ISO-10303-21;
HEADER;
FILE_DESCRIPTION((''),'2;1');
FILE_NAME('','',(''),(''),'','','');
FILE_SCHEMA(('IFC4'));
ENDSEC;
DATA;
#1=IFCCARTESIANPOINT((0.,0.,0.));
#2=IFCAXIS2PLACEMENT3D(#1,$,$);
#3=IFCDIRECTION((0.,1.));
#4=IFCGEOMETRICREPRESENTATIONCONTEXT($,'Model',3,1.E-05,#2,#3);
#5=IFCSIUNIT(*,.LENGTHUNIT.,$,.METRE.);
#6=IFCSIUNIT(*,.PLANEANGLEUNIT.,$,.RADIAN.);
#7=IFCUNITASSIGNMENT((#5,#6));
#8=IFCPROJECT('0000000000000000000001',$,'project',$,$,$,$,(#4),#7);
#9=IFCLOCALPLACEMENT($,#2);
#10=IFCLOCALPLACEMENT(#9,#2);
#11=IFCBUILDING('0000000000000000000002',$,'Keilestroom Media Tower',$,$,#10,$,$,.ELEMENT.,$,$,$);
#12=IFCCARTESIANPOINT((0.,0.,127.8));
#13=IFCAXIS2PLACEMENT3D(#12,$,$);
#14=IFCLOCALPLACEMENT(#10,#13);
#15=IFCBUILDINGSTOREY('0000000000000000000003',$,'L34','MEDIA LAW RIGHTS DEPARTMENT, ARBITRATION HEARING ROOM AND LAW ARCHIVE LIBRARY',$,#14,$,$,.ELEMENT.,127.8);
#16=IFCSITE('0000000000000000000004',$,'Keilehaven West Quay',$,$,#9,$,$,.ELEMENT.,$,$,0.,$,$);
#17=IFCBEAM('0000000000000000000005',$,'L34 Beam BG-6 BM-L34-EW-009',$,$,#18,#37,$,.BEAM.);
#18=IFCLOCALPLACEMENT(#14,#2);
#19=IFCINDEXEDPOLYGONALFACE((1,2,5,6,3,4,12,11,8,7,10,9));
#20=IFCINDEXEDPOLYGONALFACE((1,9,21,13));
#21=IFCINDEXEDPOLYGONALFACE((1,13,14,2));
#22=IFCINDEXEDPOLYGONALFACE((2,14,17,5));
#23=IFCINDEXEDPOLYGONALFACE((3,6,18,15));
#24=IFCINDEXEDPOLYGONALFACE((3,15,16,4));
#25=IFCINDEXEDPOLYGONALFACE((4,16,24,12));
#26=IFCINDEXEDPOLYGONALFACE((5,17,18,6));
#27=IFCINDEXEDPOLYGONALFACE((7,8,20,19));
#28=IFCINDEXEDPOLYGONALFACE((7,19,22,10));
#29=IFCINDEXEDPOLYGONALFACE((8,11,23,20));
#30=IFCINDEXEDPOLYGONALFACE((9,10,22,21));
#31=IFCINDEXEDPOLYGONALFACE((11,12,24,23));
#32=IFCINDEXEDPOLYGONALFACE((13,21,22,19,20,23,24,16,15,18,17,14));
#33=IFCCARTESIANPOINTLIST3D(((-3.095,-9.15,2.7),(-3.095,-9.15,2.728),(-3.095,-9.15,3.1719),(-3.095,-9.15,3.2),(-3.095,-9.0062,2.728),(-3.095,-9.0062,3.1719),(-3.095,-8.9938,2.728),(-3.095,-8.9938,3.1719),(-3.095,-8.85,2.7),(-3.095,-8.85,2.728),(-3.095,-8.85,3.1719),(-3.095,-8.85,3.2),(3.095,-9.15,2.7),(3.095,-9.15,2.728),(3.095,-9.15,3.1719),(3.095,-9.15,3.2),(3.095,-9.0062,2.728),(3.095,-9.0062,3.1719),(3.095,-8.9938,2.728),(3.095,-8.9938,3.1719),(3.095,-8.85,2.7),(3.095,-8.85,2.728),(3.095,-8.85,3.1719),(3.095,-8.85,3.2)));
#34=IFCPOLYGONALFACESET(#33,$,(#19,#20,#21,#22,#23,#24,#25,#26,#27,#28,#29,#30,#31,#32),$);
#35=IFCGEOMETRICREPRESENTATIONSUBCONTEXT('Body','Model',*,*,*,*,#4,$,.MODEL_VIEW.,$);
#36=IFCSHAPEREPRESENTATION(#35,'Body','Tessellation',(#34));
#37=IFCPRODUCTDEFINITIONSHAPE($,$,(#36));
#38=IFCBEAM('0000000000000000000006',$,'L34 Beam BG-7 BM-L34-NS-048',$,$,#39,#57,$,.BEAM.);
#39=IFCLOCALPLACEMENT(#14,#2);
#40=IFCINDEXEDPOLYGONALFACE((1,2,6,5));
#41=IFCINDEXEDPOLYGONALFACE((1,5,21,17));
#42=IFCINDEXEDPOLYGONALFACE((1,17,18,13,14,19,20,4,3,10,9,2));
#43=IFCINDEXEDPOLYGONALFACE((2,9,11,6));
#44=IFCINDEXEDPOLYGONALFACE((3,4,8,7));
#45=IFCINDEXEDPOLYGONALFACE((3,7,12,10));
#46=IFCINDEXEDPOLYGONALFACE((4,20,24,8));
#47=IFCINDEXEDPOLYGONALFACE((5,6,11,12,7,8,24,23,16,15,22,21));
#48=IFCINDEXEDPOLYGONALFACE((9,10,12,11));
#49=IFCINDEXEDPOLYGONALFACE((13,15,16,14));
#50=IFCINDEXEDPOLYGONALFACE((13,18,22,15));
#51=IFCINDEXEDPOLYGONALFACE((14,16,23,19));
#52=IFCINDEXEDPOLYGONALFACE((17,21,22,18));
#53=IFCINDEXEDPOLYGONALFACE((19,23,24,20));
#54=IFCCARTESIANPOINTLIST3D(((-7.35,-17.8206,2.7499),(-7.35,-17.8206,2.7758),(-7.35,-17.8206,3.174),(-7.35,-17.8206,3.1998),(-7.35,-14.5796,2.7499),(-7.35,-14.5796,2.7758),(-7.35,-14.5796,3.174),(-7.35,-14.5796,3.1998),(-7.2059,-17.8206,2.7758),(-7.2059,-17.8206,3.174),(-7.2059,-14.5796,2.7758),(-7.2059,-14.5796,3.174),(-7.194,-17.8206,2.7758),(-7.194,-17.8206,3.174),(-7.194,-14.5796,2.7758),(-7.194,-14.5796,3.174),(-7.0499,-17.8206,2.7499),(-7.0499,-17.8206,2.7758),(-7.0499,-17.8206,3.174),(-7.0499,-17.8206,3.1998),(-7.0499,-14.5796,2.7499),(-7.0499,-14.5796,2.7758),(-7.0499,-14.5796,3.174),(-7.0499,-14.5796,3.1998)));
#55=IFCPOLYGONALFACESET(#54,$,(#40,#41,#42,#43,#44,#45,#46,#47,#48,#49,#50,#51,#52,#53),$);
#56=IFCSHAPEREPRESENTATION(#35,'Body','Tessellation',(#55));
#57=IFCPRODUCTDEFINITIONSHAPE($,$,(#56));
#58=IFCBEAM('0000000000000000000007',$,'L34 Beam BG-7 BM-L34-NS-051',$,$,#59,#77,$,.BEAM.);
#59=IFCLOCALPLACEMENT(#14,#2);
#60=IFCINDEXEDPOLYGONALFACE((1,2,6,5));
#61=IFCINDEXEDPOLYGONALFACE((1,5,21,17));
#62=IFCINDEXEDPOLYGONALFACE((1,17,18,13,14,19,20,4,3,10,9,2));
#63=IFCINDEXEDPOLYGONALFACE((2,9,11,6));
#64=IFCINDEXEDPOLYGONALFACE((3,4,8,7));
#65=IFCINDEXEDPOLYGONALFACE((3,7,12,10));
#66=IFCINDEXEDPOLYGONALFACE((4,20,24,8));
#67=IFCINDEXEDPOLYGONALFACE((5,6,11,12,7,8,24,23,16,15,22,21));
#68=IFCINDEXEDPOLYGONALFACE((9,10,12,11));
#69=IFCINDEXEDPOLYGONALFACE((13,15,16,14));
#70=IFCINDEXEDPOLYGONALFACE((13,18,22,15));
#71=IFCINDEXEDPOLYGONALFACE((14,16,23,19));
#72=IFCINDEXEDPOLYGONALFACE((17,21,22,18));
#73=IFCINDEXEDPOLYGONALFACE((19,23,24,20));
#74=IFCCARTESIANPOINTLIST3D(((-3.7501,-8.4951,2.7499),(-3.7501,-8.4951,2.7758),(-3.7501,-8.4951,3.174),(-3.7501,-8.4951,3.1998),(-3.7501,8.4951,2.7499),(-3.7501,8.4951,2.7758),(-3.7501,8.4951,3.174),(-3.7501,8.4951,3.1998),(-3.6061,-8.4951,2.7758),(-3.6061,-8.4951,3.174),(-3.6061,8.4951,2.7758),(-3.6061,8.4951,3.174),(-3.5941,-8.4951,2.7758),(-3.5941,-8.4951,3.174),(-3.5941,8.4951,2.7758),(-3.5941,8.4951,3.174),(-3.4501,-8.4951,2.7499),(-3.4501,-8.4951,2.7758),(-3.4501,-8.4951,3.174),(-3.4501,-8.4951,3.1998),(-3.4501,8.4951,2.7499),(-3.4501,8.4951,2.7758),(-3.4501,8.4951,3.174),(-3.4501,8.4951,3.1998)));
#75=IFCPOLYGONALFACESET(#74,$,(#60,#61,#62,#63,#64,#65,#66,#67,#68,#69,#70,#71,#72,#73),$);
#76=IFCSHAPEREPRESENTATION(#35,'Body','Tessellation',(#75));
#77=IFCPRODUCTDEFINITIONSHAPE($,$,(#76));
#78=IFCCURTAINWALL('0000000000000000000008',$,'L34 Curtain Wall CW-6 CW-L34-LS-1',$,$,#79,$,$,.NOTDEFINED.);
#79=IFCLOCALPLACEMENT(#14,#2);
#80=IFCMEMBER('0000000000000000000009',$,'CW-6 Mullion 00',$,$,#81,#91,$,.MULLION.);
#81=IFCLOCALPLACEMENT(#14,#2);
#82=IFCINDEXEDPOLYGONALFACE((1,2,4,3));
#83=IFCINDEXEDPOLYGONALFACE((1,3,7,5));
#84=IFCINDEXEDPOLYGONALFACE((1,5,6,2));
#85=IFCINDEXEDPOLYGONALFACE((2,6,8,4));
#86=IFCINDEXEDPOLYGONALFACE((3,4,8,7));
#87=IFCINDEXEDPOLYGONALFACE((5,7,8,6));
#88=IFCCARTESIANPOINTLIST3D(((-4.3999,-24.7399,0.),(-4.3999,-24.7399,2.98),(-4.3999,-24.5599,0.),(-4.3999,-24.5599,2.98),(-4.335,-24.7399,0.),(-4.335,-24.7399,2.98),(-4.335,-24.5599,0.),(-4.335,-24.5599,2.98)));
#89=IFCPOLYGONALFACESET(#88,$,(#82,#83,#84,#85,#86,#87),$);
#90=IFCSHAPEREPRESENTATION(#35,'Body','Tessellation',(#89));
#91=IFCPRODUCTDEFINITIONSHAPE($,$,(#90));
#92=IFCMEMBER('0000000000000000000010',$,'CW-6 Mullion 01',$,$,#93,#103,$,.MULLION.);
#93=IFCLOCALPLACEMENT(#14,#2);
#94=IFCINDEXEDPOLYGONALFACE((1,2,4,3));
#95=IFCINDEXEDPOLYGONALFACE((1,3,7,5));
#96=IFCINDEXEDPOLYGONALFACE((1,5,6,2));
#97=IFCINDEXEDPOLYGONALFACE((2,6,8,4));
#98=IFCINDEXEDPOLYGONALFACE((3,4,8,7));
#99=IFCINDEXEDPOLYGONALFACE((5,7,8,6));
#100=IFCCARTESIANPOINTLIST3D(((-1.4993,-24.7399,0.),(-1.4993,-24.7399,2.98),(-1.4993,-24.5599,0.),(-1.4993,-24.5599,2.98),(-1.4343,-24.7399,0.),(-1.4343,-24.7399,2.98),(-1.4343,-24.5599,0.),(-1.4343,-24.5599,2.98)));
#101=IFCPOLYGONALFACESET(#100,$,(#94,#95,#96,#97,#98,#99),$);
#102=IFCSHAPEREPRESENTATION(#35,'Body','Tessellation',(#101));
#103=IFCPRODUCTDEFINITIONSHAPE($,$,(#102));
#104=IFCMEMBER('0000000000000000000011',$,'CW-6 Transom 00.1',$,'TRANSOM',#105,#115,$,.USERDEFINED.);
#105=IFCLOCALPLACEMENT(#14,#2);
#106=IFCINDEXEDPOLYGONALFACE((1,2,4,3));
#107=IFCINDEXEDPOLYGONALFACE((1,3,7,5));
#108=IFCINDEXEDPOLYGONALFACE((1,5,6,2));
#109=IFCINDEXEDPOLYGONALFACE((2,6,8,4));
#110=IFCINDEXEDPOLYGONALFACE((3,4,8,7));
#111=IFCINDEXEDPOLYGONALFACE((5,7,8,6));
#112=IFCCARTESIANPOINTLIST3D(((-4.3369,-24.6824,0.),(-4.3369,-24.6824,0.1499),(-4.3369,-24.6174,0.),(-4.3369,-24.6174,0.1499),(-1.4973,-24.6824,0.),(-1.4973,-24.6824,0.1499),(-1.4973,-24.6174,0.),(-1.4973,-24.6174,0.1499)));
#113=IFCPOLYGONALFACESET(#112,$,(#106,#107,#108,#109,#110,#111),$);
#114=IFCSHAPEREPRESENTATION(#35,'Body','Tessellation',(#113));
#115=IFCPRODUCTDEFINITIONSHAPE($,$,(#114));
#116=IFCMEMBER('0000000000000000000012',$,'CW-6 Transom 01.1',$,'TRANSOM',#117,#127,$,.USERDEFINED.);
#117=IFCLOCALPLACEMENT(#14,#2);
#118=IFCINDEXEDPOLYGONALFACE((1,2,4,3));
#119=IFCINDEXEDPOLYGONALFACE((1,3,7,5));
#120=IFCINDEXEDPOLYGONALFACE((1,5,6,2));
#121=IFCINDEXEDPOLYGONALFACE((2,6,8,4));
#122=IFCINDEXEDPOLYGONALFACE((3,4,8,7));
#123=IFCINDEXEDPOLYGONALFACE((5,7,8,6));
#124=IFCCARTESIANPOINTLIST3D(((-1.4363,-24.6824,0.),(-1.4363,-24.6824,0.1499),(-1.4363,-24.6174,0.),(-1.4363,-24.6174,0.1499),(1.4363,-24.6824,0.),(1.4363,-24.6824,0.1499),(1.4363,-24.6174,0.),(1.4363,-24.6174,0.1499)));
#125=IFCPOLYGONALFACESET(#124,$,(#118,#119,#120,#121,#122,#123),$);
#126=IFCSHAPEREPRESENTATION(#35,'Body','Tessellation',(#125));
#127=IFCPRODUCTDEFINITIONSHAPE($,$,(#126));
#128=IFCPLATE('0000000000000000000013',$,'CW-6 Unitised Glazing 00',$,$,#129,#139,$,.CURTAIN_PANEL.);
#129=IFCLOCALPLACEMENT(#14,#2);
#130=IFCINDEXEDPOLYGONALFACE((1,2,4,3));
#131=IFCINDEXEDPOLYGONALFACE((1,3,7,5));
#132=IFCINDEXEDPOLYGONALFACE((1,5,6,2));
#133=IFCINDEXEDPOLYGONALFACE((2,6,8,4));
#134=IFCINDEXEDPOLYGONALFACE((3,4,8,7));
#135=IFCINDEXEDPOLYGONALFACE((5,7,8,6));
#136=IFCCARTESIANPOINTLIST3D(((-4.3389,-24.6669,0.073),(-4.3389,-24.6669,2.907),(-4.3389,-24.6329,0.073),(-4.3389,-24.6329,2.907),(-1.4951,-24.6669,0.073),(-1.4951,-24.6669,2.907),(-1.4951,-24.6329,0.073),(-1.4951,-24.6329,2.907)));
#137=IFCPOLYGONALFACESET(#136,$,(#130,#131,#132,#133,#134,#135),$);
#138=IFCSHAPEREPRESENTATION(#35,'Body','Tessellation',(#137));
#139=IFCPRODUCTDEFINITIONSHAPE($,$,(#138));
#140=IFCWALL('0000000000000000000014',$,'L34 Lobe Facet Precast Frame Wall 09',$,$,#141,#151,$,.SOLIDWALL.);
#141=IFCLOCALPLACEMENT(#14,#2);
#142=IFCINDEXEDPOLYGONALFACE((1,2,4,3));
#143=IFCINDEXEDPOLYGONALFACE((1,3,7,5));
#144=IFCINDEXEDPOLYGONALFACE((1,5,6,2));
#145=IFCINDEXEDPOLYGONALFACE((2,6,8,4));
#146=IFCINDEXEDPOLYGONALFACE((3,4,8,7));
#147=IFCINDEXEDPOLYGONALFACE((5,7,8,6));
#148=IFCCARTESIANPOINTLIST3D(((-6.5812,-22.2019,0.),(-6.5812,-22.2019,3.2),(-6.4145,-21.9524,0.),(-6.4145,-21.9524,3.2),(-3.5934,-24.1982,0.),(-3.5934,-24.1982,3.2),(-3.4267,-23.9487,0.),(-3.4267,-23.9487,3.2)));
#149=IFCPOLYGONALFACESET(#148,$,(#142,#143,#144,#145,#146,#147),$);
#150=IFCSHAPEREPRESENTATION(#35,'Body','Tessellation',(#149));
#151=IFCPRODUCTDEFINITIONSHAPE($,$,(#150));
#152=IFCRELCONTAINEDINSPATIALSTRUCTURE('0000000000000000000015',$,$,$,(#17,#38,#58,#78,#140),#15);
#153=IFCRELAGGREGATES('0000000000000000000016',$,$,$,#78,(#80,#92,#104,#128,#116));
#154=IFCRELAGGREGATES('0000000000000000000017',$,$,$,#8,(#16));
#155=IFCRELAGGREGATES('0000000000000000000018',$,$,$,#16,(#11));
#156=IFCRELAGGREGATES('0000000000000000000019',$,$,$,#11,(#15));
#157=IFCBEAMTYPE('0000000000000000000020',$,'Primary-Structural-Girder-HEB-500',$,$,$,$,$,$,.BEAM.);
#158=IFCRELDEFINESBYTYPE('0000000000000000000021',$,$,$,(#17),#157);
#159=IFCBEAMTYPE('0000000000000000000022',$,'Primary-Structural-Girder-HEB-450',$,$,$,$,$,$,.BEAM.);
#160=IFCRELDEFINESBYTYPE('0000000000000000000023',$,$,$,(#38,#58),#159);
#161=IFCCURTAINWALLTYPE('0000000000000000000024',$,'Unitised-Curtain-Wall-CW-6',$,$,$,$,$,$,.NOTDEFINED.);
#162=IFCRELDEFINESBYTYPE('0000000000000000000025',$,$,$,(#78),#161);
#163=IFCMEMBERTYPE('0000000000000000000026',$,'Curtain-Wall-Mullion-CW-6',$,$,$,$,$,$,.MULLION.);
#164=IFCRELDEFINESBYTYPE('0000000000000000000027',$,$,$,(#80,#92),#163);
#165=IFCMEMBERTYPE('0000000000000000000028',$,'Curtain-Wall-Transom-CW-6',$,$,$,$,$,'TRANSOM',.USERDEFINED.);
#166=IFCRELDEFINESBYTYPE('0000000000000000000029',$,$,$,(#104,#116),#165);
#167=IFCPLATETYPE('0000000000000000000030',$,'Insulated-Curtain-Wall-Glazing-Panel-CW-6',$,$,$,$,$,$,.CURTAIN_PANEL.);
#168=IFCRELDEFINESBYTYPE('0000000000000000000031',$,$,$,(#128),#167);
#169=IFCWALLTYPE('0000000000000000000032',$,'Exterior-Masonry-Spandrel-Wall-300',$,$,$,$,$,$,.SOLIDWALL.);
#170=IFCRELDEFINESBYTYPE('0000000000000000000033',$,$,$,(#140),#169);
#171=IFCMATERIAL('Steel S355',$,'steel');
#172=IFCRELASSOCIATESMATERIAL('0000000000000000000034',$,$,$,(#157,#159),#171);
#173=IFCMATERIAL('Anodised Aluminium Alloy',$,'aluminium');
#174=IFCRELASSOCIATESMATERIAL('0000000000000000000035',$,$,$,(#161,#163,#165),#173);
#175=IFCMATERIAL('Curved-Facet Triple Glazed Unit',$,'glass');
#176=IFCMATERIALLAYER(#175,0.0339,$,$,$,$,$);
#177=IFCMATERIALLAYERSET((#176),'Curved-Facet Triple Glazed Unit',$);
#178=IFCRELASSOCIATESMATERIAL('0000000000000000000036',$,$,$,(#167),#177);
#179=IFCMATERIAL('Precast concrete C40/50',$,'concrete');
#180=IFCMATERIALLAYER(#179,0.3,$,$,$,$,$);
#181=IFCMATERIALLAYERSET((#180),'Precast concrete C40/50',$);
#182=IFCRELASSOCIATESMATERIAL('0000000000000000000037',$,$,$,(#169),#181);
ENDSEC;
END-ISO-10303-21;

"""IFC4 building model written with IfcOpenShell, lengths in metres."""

from ifc_helpers import new_model, si_unit, direction, frame, frame_2d, origin, origin_2d, place, context, subcontext, project, spatial, rectangle, i_section, extrude, source, transform, mapped, material, layer, layer_set, material_profile, profile_set, type_object, element, aggregate, save


model = new_model("IFC4")

# Units and contexts
model_context = context("Model", 3, precision=1e-05, world=origin(), true_north=direction((0.0, 1.0)))
body_context = subcontext(model_context, "Body", "Model", "MODEL_VIEW")
ifc_project = project(units=[si_unit("LENGTHUNIT", "METRE"), si_unit("PLANEANGLEUNIT", "RADIAN")], contexts=[model_context])

# Site, building, storey
site_placement = place(None, origin())
site = spatial("IfcSite", under=ifc_project, at=site_placement, Name="Keilehaven West Quay", CompositionType="ELEMENT", RefElevation=0.0)
building_placement = place(site_placement, origin())
building = spatial("IfcBuilding", under=site, at=building_placement, Name="Keilestroom Media Tower", CompositionType="ELEMENT")
storey_placement = place(building_placement, frame((0.0, 0.0, 127.8)))
storey = spatial("IfcBuildingStorey", under=building, at=storey_placement, Name="L34", Description="MEDIA LAW RIGHTS DEPARTMENT, ARBITRATION HEARING ROOM AND LAW ARCHIVE LIBRARY", CompositionType="ELEMENT", Elevation=127.8)

# Shared definitions
ifc_material_1 = material(Name="Steel S355", Category="steel")

# Beams
ifc_material_profile_1 = material_profile(ifc_material_1, i_section(OverallWidth=0.3, OverallDepth=0.5, WebThickness=0.0125, FlangeThickness=0.0281, at=origin_2d()), Name="HEB 500")
ifc_profile_set_1 = profile_set([ifc_material_profile_1], Name="Steel S355")
beam_type_1 = type_object("IfcBeamType", Name="Primary-Structural-Girder-HEB-500", PredefinedType="BEAM", material=ifc_profile_set_1)
shared_shape_1 = source(origin(), body_context, "Body", "SweptSolid", [
    extrude(i_section(OverallWidth=0.3, OverallDepth=0.5, WebThickness=0.0125, FlangeThickness=0.0281, at=origin_2d()), origin(), (0.0, 0.0, 1.0), 6.1899),
])
beam_1_placement = place(storey_placement, frame((-3.095, -9.0, 2.95), z_axis=(1.0, 0.0, 0.0), x_axis=(0.0, 1.0, 0.0)))
element("IfcBeam", 1, at=beam_1_placement, inside=storey, type_object=beam_type_1, Name="L34 Beam BG-6 BM-L34-EW-009", PredefinedType="BEAM", context=body_context, shape_type="MappedRepresentation", body=[
    mapped(shared_shape_1, transform((0.0, 0.0, 0.0), x_axis=(1.0, 0.0, 0.0), y_axis=(0.0, 1.0, 0.0), z_axis=(0.0, 0.0, 1.0), scale=1.0)),
])
ifc_material_profile_2 = material_profile(ifc_material_1, i_section(OverallWidth=0.3, OverallDepth=0.45, WebThickness=0.012, FlangeThickness=0.0259, at=origin_2d()), Name="HEB 450")
ifc_profile_set_2 = profile_set([ifc_material_profile_2], Name="Steel S355")
beam_type_2 = type_object("IfcBeamType", Name="Primary-Structural-Girder-HEB-450", PredefinedType="BEAM", material=ifc_profile_set_2)
shared_shape_2 = source(origin(), body_context, "Body", "SweptSolid", [
    extrude(i_section(OverallWidth=0.3, OverallDepth=0.45, WebThickness=0.012, FlangeThickness=0.0259, at=origin_2d()), origin(), (0.0, 0.0, 1.0), 3.241),
])
beam_2_placement = place(storey_placement, frame((-7.2, -17.8206, 2.9749), z_axis=(0.0, 1.0, 0.0), x_axis=(-1.0, 0.0, 0.0)))
element("IfcBeam", 2, at=beam_2_placement, inside=storey, type_object=beam_type_2, Name="L34 Beam BG-7 BM-L34-NS-048", PredefinedType="BEAM", context=body_context, shape_type="MappedRepresentation", body=[
    mapped(shared_shape_2, transform((0.0, 0.0, 0.0), x_axis=(1.0, 0.0, 0.0), y_axis=(0.0, 1.0, 0.0), z_axis=(0.0, 0.0, 1.0), scale=1.0)),
])
shared_shape_3 = source(origin(), body_context, "Body", "SweptSolid", [
    extrude(i_section(OverallWidth=0.3, OverallDepth=0.45, WebThickness=0.012, FlangeThickness=0.0259, at=origin_2d()), origin(), (0.0, 0.0, 1.0), 16.9902),
])
beam_3_placement = place(storey_placement, frame((-3.6001, -8.4951, 2.9749), z_axis=(0.0, 1.0, 0.0), x_axis=(-1.0, 0.0, 0.0)))
element("IfcBeam", 3, at=beam_3_placement, inside=storey, type_object=beam_type_2, Name="L34 Beam BG-7 BM-L34-NS-051", PredefinedType="BEAM", context=body_context, shape_type="MappedRepresentation", body=[
    mapped(shared_shape_3, transform((0.0, 0.0, 0.0), x_axis=(1.0, 0.0, 0.0), y_axis=(0.0, 1.0, 0.0), z_axis=(0.0, 0.0, 1.0), scale=1.0)),
])

# Curtain wall, members, plate
ifc_material_2 = material(Name="Anodised Aluminium Alloy", Category="aluminium")
curtain_wall_type = type_object("IfcCurtainWallType", Name="Unitised-Curtain-Wall-CW-6", PredefinedType="NOTDEFINED", material=ifc_material_2)
curtain_wall_placement = place(storey_placement, origin())
curtain_wall = element("IfcCurtainWall", 4, at=curtain_wall_placement, inside=storey, type_object=curtain_wall_type, Name="L34 Curtain Wall CW-6 CW-L34-LS-1", PredefinedType="NOTDEFINED")
ifc_material_profile_3 = material_profile(ifc_material_2, rectangle(XDim=0.0649, YDim=0.1799, at=origin_2d()), Name="ALU MULLION 65x180")
ifc_profile_set_3 = profile_set([ifc_material_profile_3], Name="Anodised Aluminium Alloy")
member_type_1 = type_object("IfcMemberType", Name="Curtain-Wall-Mullion-CW-6", PredefinedType="MULLION", material=ifc_profile_set_3)
shared_shape_4 = source(origin(), body_context, "Body", "SweptSolid", [
    extrude(rectangle(XDim=0.0649, YDim=0.1799, at=origin_2d()), origin(), (0.0, 0.0, 1.0), 2.98),
])
member_1_placement = place(storey_placement, frame((-4.3674, -24.6499, 0.0), z_axis=(0.0, 0.0, 1.0), x_axis=(1.0, 0.0, 0.0)))
member_1 = element("IfcMember", 5, at=member_1_placement, type_object=member_type_1, Name="CW-6 Mullion 00", PredefinedType="MULLION", context=body_context, shape_type="MappedRepresentation", body=[
    mapped(shared_shape_4, transform((0.0, 0.0, 0.0), x_axis=(1.0, 0.0, 0.0), y_axis=(0.0, 1.0, 0.0), z_axis=(0.0, 0.0, 1.0), scale=1.0)),
])
member_2_placement = place(storey_placement, frame((-1.4668, -24.6499, 0.0), z_axis=(0.0, 0.0, 1.0), x_axis=(1.0, 0.0, 0.0)))
member_2 = element("IfcMember", 6, at=member_2_placement, type_object=member_type_1, Name="CW-6 Mullion 01", PredefinedType="MULLION", context=body_context, shape_type="MappedRepresentation", body=[
    mapped(shared_shape_4, transform((0.0, 0.0, 0.0), x_axis=(1.0, 0.0, 0.0), y_axis=(0.0, 1.0, 0.0), z_axis=(0.0, 0.0, 1.0), scale=1.0)),
])
ifc_material_profile_4 = material_profile(ifc_material_2, rectangle(XDim=0.0649, YDim=0.1499, at=origin_2d()), Name="ALU TRANSOM 65x150")
ifc_profile_set_4 = profile_set([ifc_material_profile_4], Name="Anodised Aluminium Alloy")
member_type_2 = type_object("IfcMemberType", Name="Curtain-Wall-Transom-CW-6", ElementType="TRANSOM", PredefinedType="USERDEFINED", material=ifc_profile_set_4)
shared_shape_5 = source(origin(), body_context, "Body", "SweptSolid", [
    extrude(rectangle(XDim=0.0649, YDim=0.1499, at=origin_2d()), origin(), (0.0, 0.0, 1.0), 2.8396),
])
member_3_placement = place(storey_placement, frame((-4.3369, -24.6499, 0.075), z_axis=(1.0, 0.0, 0.0), x_axis=(0.0, 1.0, 0.0)))
member_3 = element("IfcMember", 7, at=member_3_placement, type_object=member_type_2, Name="CW-6 Transom 00.1", ObjectType="TRANSOM", PredefinedType="USERDEFINED", context=body_context, shape_type="MappedRepresentation", body=[
    mapped(shared_shape_5, transform((0.0, 0.0, 0.0), x_axis=(1.0, 0.0, 0.0), y_axis=(0.0, 1.0, 0.0), z_axis=(0.0, 0.0, 1.0), scale=1.0)),
])
shared_shape_6 = source(origin(), body_context, "Body", "SweptSolid", [
    extrude(rectangle(XDim=0.0649, YDim=0.1499, at=origin_2d()), origin(), (0.0, 0.0, 1.0), 2.8726),
])
member_4_placement = place(storey_placement, frame((-1.4363, -24.6499, 0.075), z_axis=(1.0, 0.0, 0.0), x_axis=(0.0, 1.0, 0.0)))
member_4 = element("IfcMember", 8, at=member_4_placement, type_object=member_type_2, Name="CW-6 Transom 01.1", ObjectType="TRANSOM", PredefinedType="USERDEFINED", context=body_context, shape_type="MappedRepresentation", body=[
    mapped(shared_shape_6, transform((0.0, 0.0, 0.0), x_axis=(1.0, 0.0, 0.0), y_axis=(0.0, 1.0, 0.0), z_axis=(0.0, 0.0, 1.0), scale=1.0)),
])
ifc_material_3 = material(Name="Curved-Facet Triple Glazed Unit", Category="glass")
ifc_layer_1 = layer(ifc_material_3, 0.0339)
ifc_layer_set_1 = layer_set([ifc_layer_1], Name="Curved-Facet Triple Glazed Unit")
plate_type = type_object("IfcPlateType", Name="Insulated-Curtain-Wall-Glazing-Panel-CW-6", PredefinedType="CURTAIN_PANEL", material=ifc_layer_set_1)
shared_shape_7 = source(origin(), body_context, "Body", "SweptSolid", [
    extrude(rectangle(XDim=2.8438, YDim=0.0339, at=origin_2d()), origin(), (0.0, 0.0, 1.0), 2.834),
])
plate_placement = place(storey_placement, frame((-2.917, -24.6499, 0.073), z_axis=(0.0, 0.0, 1.0), x_axis=(1.0, 0.0, 0.0)))
plate = element("IfcPlate", 9, at=plate_placement, type_object=plate_type, Name="CW-6 Unitised Glazing 00", PredefinedType="CURTAIN_PANEL", context=body_context, shape_type="MappedRepresentation", body=[
    mapped(shared_shape_7, transform((0.0, 0.0, 0.0), x_axis=(1.0, 0.0, 0.0), y_axis=(0.0, 1.0, 0.0), z_axis=(0.0, 0.0, 1.0), scale=1.0)),
])
aggregate(curtain_wall, [member_1, member_2, member_3, plate, member_4])

# Wall
ifc_material_4 = material(Name="Precast concrete C40/50", Category="concrete")
ifc_layer_2 = layer(ifc_material_4, 0.3)
ifc_layer_set_2 = layer_set([ifc_layer_2], Name="Precast concrete C40/50")
wall_type_1 = type_object("IfcWallType", Name="Exterior-Masonry-Spandrel-Wall-300", PredefinedType="SOLIDWALL", material=ifc_layer_set_2)
wall_1_placement = place(storey_placement, frame((-6.4978, -22.0771, 0.0), z_axis=(0.0, 0.0, 1.0), x_axis=(0.831475, -0.555562, 0.0)))
element("IfcWall", 10, at=wall_1_placement, inside=storey, type_object=wall_type_1, Name="L34 Lobe Facet Precast Frame Wall 09", PredefinedType="SOLIDWALL", context=body_context, shape_type="SweptSolid", body=[
    extrude(rectangle(XDim=3.5933, YDim=0.3, at=frame_2d((1.7966, 0.0))), origin(), (0.0, 0.0, 1.0), 3.2),
])

save(model, "model.ifc")
